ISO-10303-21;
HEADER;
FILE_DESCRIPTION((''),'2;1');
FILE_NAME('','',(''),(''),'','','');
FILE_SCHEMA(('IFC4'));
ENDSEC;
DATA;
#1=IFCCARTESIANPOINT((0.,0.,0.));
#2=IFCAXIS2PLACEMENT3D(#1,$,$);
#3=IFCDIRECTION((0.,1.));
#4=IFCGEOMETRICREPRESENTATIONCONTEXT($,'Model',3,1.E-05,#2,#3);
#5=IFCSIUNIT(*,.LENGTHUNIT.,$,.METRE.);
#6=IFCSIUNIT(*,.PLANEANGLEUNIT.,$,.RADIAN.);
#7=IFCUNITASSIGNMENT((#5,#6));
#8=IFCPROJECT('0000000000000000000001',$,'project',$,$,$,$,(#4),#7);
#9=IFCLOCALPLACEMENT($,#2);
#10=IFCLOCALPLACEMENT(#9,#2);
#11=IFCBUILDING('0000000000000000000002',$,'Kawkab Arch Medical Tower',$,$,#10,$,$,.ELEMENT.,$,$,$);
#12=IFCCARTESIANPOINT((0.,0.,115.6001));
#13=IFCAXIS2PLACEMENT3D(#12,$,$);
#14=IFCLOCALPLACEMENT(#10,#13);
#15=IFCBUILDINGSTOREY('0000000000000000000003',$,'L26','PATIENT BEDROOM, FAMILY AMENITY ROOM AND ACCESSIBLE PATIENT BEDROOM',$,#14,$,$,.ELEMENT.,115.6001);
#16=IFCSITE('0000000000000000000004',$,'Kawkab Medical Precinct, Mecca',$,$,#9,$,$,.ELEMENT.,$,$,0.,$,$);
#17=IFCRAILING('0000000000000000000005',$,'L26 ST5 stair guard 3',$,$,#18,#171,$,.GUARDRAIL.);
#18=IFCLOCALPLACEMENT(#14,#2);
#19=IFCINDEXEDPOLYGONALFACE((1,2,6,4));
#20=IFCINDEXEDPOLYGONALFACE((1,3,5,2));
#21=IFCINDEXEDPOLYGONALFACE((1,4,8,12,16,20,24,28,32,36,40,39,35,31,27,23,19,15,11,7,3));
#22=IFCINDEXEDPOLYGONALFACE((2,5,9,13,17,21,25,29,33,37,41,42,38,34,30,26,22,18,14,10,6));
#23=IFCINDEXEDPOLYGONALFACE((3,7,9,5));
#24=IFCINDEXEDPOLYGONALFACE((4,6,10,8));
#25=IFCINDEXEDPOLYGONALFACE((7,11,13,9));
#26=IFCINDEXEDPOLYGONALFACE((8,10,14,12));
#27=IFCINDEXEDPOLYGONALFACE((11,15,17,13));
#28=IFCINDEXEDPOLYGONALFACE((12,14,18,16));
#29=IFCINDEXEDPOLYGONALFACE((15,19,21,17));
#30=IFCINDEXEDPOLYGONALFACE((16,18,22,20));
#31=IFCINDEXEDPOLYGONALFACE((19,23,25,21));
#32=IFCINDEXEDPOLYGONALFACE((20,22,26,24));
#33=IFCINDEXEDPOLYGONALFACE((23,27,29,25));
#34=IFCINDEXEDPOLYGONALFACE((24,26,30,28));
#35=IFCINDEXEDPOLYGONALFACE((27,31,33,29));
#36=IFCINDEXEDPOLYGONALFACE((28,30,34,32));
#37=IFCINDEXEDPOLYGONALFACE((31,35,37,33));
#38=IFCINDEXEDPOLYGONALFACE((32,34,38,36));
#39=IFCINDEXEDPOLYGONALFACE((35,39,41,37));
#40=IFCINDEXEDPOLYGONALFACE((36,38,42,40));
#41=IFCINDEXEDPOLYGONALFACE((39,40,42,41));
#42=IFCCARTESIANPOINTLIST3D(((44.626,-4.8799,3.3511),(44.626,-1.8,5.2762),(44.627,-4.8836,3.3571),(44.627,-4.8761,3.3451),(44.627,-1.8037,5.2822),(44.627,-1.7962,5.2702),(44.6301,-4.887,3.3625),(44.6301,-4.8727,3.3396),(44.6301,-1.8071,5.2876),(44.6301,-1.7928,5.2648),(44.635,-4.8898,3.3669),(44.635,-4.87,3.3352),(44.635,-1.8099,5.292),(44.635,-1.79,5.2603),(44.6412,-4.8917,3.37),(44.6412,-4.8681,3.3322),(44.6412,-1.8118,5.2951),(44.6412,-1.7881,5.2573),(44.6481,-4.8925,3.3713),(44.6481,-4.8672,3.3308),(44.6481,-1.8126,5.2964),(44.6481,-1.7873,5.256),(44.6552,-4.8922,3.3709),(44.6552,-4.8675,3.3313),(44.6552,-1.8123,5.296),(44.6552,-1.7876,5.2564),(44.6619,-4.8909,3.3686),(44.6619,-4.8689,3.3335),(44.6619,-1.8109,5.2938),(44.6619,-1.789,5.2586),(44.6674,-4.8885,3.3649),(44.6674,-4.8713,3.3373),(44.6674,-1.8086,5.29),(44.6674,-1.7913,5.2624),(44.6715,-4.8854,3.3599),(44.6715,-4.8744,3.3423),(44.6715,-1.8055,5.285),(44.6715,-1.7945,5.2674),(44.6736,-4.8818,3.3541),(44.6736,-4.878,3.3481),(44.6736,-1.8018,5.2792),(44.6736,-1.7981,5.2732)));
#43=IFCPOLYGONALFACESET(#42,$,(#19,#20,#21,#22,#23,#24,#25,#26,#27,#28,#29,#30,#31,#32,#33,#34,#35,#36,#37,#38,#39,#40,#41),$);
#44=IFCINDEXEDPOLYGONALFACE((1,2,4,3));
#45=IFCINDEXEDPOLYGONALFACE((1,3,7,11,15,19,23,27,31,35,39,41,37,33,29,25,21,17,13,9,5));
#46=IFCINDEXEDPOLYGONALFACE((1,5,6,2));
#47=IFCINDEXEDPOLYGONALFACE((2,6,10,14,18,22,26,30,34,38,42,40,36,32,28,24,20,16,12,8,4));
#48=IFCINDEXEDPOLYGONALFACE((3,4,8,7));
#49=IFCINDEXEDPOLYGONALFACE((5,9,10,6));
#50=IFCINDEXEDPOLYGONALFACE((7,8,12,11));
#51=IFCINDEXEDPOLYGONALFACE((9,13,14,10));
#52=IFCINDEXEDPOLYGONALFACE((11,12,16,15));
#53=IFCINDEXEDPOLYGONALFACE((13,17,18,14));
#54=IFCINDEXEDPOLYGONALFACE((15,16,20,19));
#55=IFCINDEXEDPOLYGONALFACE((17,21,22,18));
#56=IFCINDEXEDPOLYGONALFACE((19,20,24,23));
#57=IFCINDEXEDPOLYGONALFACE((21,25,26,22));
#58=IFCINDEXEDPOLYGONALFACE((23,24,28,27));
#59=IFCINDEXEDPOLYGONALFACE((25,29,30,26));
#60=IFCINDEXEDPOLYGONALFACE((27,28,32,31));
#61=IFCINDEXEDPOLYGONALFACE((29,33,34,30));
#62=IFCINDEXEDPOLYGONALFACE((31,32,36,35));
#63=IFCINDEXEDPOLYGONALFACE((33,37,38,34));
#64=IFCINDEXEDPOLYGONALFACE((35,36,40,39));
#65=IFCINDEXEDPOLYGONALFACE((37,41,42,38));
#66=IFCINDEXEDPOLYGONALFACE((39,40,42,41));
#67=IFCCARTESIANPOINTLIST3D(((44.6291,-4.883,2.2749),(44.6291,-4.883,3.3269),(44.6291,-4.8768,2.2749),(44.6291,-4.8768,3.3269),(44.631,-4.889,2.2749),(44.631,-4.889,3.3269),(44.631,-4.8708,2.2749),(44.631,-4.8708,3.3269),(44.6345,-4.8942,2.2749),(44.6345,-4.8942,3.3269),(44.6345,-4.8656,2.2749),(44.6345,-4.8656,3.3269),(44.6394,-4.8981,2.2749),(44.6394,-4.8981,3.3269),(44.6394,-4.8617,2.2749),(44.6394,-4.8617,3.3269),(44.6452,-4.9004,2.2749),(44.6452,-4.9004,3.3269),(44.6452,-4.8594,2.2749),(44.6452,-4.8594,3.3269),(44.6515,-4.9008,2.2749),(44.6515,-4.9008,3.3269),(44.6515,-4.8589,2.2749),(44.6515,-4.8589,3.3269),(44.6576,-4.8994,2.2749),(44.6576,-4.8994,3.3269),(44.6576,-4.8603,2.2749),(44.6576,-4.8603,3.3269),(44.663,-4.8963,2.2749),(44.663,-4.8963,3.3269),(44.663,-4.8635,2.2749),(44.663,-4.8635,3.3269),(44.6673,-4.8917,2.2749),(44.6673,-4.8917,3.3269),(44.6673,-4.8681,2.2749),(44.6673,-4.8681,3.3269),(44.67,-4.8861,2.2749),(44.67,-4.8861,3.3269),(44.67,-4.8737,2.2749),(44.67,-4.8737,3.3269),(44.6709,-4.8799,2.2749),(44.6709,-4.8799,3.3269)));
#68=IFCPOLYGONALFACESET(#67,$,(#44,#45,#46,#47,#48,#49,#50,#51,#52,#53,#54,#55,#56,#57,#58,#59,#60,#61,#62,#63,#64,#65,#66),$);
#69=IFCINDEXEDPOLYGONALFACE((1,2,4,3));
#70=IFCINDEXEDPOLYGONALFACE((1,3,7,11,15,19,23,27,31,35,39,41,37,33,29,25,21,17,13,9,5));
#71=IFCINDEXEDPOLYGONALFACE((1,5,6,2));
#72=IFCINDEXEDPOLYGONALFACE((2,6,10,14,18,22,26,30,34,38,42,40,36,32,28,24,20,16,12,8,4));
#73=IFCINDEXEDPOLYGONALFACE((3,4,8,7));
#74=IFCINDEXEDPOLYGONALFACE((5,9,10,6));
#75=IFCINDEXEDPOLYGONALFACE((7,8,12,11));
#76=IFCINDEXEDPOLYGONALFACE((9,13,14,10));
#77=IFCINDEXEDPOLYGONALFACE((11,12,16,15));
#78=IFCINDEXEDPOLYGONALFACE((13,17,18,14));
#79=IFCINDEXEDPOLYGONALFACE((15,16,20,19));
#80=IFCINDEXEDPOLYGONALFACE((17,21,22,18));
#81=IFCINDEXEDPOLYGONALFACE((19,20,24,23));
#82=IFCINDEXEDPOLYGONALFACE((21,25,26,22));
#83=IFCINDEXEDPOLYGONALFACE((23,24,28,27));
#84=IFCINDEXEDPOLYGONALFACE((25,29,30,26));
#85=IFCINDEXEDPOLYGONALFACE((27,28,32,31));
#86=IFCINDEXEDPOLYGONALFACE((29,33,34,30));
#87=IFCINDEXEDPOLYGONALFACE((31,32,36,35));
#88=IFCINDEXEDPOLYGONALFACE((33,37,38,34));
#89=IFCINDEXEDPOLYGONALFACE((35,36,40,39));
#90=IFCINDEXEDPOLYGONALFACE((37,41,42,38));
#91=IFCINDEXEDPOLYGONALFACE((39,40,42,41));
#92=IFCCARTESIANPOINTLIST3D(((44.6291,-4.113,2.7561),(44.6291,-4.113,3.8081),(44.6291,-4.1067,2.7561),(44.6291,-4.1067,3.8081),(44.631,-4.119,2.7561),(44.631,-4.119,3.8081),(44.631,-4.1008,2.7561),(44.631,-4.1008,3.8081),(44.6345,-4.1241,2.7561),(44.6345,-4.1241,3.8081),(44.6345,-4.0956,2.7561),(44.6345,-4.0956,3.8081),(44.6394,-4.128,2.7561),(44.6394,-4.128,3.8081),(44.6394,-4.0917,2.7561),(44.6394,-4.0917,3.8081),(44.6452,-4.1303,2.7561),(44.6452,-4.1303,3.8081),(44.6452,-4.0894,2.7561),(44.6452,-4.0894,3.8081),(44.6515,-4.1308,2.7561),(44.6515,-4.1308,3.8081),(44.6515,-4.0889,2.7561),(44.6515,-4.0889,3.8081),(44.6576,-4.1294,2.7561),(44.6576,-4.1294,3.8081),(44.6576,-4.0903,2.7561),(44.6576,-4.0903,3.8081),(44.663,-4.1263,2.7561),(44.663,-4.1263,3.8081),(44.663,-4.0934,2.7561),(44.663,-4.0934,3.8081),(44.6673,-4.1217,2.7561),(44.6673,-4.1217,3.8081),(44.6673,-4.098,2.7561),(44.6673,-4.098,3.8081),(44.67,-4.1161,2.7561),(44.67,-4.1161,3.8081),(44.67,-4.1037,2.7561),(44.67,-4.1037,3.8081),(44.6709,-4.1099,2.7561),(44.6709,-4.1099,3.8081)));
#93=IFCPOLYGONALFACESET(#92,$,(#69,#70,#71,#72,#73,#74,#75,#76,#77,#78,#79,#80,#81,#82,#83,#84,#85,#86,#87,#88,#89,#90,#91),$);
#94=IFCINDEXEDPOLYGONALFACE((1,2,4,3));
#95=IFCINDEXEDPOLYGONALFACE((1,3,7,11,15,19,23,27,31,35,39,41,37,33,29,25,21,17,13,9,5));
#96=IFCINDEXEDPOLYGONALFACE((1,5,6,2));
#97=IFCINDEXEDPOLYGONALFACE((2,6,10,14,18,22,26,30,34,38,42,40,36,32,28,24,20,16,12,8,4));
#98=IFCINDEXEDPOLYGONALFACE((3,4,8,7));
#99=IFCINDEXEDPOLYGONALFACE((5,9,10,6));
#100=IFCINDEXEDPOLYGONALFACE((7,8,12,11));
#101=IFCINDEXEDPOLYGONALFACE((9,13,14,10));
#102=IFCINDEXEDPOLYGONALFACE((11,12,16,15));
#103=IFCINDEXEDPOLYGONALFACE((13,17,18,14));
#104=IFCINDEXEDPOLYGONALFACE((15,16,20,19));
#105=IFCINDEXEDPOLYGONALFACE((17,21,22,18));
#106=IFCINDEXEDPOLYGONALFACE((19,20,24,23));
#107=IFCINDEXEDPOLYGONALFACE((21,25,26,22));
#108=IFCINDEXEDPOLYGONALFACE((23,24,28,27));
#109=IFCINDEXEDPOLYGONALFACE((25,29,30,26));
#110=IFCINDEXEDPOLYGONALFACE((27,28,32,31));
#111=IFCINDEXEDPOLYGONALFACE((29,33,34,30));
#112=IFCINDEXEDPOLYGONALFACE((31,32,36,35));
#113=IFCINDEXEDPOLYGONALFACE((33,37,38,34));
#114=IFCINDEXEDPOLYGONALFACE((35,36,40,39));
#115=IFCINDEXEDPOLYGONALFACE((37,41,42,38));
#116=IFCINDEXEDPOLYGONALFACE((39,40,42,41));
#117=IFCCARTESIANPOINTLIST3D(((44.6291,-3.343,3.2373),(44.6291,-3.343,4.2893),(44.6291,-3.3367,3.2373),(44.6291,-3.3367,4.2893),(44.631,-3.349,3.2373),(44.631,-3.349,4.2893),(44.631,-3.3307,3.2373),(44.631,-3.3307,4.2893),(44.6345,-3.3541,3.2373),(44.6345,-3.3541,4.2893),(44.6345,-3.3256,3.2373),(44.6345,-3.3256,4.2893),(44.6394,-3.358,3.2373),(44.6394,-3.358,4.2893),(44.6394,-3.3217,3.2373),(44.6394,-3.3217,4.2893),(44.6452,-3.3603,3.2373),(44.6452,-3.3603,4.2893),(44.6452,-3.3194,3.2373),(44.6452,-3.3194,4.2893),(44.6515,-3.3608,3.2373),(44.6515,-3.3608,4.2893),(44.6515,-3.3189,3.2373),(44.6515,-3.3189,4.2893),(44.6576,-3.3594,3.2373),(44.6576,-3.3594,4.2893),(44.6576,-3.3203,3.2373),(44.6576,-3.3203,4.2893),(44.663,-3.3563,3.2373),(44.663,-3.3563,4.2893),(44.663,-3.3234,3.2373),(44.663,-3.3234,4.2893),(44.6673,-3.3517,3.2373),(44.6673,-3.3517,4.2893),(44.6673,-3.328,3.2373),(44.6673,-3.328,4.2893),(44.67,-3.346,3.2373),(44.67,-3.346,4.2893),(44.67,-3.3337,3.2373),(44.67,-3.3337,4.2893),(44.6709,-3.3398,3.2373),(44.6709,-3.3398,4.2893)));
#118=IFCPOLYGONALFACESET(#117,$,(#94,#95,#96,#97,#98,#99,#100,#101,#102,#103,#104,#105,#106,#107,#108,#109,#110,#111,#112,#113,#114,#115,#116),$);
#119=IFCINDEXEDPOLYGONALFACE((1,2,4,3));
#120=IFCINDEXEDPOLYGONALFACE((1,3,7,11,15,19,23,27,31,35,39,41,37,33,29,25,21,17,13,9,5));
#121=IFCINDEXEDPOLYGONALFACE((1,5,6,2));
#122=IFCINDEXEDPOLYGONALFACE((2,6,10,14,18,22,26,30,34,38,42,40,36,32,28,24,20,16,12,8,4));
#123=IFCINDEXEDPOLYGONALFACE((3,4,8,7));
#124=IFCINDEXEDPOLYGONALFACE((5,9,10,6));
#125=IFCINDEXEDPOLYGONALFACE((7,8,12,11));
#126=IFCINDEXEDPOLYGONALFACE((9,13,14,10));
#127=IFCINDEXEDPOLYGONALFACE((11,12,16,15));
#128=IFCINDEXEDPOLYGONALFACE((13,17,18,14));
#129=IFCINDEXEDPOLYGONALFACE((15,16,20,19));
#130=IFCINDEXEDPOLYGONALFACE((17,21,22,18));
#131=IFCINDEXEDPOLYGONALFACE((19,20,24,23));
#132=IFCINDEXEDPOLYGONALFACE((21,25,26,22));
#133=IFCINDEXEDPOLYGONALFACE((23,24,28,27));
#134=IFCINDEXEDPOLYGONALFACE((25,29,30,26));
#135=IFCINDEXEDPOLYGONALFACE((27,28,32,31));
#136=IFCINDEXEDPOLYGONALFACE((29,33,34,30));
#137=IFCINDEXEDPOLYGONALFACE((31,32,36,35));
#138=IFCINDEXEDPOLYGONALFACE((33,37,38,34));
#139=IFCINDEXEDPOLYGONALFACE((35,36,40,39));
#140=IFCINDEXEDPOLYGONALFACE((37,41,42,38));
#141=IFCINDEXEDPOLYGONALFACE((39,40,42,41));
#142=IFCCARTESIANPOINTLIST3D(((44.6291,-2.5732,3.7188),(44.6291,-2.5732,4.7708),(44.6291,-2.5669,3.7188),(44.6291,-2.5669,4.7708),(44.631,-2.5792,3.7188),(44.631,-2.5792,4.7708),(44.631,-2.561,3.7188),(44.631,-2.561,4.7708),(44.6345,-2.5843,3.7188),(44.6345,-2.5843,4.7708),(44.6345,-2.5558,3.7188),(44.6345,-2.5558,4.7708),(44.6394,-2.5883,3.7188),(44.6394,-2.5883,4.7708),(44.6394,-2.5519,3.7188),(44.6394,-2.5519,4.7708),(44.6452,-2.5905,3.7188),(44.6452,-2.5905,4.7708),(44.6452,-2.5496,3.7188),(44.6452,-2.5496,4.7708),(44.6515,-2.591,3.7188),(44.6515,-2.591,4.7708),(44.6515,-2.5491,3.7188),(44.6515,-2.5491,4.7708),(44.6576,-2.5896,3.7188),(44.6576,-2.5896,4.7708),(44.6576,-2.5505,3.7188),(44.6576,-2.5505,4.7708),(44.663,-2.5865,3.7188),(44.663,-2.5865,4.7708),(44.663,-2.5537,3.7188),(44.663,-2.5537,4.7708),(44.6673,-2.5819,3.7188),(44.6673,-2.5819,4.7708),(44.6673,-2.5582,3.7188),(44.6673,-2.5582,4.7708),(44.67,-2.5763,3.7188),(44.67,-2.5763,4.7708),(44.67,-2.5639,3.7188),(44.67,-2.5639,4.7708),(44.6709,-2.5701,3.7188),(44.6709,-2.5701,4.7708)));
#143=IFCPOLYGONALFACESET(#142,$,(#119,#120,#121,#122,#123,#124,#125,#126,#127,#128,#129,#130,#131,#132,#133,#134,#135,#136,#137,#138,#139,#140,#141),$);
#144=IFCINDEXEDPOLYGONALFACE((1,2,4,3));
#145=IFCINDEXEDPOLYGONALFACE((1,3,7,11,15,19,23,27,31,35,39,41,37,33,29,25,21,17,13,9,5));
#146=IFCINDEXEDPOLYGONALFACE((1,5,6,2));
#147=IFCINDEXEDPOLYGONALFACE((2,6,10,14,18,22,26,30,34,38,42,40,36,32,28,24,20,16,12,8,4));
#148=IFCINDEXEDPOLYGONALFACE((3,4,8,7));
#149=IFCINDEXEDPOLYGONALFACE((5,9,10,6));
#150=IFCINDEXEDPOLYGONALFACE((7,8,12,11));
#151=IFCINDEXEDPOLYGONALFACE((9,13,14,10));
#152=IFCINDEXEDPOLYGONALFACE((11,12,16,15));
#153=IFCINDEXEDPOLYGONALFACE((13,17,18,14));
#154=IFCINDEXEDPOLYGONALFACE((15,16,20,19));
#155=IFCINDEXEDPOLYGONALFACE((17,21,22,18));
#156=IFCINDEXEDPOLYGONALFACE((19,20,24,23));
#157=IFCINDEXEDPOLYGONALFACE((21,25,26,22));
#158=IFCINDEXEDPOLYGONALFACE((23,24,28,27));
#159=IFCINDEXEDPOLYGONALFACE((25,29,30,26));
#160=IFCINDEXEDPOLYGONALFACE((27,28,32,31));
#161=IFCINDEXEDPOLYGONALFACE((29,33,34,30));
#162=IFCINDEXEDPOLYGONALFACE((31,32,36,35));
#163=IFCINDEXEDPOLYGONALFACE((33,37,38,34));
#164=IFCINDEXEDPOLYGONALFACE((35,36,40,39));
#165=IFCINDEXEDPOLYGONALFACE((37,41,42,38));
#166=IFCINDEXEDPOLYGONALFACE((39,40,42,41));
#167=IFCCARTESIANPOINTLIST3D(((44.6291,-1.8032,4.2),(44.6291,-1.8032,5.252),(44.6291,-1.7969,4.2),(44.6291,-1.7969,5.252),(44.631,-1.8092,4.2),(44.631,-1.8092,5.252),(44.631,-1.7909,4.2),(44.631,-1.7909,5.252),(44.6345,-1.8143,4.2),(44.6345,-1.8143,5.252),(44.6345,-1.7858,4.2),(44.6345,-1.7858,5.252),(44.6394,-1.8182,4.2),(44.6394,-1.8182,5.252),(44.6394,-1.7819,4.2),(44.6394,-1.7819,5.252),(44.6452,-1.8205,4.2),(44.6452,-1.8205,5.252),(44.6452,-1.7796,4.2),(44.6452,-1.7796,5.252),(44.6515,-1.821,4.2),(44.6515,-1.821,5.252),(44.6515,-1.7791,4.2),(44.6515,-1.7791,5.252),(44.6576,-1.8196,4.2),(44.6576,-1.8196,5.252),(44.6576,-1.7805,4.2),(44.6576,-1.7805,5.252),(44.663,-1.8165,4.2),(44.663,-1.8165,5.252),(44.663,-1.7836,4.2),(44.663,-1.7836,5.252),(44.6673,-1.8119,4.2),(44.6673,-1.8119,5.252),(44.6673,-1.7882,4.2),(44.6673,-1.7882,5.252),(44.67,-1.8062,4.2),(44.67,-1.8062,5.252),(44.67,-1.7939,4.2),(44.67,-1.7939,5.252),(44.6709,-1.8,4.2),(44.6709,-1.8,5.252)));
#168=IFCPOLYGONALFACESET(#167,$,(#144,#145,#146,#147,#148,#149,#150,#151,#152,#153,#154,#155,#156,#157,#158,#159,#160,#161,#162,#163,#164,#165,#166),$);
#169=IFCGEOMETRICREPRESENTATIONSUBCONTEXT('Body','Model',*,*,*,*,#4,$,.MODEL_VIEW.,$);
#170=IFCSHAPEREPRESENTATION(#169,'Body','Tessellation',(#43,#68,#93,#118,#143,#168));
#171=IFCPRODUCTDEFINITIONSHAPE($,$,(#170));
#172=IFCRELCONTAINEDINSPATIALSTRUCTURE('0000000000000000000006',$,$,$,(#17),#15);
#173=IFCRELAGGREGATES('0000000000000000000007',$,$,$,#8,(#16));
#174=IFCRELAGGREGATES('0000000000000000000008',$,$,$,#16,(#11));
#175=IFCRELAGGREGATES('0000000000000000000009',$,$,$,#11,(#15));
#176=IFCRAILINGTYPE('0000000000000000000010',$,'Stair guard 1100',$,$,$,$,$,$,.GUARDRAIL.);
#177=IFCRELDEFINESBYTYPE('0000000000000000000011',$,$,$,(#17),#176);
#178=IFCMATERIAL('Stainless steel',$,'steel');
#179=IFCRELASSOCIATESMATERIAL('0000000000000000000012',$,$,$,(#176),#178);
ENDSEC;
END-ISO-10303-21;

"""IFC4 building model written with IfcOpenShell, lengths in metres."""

from ifc_helpers import new_model, si_unit, direction, frame, origin, origin_2d, place, context, subcontext, project, spatial, circle, extrude, material, type_object, element, save


model = new_model("IFC4")

# Units and contexts
model_context = context("Model", 3, precision=1e-05, world=origin(), true_north=direction((0.0, 1.0)))
body_context = subcontext(model_context, "Body", "Model", "MODEL_VIEW")
ifc_project = project(units=[si_unit("LENGTHUNIT", "METRE"), si_unit("PLANEANGLEUNIT", "RADIAN")], contexts=[model_context])

# Site, building, storey
site_placement = place(None, origin())
site = spatial("IfcSite", under=ifc_project, at=site_placement, Name="Kawkab Medical Precinct, Mecca", CompositionType="ELEMENT", RefElevation=0.0)
building_placement = place(site_placement, origin())
building = spatial("IfcBuilding", under=site, at=building_placement, Name="Kawkab Arch Medical Tower", CompositionType="ELEMENT")
storey_placement = place(building_placement, frame((0.0, 0.0, 115.6001)))
storey = spatial("IfcBuildingStorey", under=building, at=storey_placement, Name="L26", Description="PATIENT BEDROOM, FAMILY AMENITY ROOM AND ACCESSIBLE PATIENT BEDROOM", CompositionType="ELEMENT", Elevation=115.6001)

# Railing
ifc_material_1 = material(Name="Stainless steel", Category="steel")
railing_type = type_object("IfcRailingType", Name="Stair guard 1100", PredefinedType="GUARDRAIL", material=ifc_material_1)
railing_1_placement = place(storey_placement, frame((44.6499, -4.8799, 2.2749)))
element("IfcRailing", 1, at=railing_1_placement, inside=storey, type_object=railing_type, Name="L26 ST5 stair guard 3", PredefinedType="GUARDRAIL", context=body_context, shape_type="SweptSolid", body=[
    extrude(circle(Radius=0.0239, at=origin_2d()), frame((0.0, 0.0, 1.0762), z_axis=(0.0, 0.847979, 0.530029), x_axis=(-1.0, 0.0, 0.0)), (0.0, 0.0, 1.0), 3.6321),
    extrude(circle(Radius=0.021, at=origin_2d()), origin(), (0.0, 0.0, 1.0), 1.052),
    extrude(circle(Radius=0.021, at=origin_2d()), frame((0.0, 0.77, 0.4812)), (0.0, 0.0, 1.0), 1.052),
    extrude(circle(Radius=0.021, at=origin_2d()), frame((0.0, 1.54, 0.9624)), (0.0, 0.0, 1.0), 1.052),
    extrude(circle(Radius=0.021, at=origin_2d()), frame((0.0, 2.3098, 1.4438)), (0.0, 0.0, 1.0), 1.052),
    extrude(circle(Radius=0.021, at=origin_2d()), frame((0.0, 3.0798, 1.925)), (0.0, 0.0, 1.0), 1.052),
])

save(model, "model.ifc")
